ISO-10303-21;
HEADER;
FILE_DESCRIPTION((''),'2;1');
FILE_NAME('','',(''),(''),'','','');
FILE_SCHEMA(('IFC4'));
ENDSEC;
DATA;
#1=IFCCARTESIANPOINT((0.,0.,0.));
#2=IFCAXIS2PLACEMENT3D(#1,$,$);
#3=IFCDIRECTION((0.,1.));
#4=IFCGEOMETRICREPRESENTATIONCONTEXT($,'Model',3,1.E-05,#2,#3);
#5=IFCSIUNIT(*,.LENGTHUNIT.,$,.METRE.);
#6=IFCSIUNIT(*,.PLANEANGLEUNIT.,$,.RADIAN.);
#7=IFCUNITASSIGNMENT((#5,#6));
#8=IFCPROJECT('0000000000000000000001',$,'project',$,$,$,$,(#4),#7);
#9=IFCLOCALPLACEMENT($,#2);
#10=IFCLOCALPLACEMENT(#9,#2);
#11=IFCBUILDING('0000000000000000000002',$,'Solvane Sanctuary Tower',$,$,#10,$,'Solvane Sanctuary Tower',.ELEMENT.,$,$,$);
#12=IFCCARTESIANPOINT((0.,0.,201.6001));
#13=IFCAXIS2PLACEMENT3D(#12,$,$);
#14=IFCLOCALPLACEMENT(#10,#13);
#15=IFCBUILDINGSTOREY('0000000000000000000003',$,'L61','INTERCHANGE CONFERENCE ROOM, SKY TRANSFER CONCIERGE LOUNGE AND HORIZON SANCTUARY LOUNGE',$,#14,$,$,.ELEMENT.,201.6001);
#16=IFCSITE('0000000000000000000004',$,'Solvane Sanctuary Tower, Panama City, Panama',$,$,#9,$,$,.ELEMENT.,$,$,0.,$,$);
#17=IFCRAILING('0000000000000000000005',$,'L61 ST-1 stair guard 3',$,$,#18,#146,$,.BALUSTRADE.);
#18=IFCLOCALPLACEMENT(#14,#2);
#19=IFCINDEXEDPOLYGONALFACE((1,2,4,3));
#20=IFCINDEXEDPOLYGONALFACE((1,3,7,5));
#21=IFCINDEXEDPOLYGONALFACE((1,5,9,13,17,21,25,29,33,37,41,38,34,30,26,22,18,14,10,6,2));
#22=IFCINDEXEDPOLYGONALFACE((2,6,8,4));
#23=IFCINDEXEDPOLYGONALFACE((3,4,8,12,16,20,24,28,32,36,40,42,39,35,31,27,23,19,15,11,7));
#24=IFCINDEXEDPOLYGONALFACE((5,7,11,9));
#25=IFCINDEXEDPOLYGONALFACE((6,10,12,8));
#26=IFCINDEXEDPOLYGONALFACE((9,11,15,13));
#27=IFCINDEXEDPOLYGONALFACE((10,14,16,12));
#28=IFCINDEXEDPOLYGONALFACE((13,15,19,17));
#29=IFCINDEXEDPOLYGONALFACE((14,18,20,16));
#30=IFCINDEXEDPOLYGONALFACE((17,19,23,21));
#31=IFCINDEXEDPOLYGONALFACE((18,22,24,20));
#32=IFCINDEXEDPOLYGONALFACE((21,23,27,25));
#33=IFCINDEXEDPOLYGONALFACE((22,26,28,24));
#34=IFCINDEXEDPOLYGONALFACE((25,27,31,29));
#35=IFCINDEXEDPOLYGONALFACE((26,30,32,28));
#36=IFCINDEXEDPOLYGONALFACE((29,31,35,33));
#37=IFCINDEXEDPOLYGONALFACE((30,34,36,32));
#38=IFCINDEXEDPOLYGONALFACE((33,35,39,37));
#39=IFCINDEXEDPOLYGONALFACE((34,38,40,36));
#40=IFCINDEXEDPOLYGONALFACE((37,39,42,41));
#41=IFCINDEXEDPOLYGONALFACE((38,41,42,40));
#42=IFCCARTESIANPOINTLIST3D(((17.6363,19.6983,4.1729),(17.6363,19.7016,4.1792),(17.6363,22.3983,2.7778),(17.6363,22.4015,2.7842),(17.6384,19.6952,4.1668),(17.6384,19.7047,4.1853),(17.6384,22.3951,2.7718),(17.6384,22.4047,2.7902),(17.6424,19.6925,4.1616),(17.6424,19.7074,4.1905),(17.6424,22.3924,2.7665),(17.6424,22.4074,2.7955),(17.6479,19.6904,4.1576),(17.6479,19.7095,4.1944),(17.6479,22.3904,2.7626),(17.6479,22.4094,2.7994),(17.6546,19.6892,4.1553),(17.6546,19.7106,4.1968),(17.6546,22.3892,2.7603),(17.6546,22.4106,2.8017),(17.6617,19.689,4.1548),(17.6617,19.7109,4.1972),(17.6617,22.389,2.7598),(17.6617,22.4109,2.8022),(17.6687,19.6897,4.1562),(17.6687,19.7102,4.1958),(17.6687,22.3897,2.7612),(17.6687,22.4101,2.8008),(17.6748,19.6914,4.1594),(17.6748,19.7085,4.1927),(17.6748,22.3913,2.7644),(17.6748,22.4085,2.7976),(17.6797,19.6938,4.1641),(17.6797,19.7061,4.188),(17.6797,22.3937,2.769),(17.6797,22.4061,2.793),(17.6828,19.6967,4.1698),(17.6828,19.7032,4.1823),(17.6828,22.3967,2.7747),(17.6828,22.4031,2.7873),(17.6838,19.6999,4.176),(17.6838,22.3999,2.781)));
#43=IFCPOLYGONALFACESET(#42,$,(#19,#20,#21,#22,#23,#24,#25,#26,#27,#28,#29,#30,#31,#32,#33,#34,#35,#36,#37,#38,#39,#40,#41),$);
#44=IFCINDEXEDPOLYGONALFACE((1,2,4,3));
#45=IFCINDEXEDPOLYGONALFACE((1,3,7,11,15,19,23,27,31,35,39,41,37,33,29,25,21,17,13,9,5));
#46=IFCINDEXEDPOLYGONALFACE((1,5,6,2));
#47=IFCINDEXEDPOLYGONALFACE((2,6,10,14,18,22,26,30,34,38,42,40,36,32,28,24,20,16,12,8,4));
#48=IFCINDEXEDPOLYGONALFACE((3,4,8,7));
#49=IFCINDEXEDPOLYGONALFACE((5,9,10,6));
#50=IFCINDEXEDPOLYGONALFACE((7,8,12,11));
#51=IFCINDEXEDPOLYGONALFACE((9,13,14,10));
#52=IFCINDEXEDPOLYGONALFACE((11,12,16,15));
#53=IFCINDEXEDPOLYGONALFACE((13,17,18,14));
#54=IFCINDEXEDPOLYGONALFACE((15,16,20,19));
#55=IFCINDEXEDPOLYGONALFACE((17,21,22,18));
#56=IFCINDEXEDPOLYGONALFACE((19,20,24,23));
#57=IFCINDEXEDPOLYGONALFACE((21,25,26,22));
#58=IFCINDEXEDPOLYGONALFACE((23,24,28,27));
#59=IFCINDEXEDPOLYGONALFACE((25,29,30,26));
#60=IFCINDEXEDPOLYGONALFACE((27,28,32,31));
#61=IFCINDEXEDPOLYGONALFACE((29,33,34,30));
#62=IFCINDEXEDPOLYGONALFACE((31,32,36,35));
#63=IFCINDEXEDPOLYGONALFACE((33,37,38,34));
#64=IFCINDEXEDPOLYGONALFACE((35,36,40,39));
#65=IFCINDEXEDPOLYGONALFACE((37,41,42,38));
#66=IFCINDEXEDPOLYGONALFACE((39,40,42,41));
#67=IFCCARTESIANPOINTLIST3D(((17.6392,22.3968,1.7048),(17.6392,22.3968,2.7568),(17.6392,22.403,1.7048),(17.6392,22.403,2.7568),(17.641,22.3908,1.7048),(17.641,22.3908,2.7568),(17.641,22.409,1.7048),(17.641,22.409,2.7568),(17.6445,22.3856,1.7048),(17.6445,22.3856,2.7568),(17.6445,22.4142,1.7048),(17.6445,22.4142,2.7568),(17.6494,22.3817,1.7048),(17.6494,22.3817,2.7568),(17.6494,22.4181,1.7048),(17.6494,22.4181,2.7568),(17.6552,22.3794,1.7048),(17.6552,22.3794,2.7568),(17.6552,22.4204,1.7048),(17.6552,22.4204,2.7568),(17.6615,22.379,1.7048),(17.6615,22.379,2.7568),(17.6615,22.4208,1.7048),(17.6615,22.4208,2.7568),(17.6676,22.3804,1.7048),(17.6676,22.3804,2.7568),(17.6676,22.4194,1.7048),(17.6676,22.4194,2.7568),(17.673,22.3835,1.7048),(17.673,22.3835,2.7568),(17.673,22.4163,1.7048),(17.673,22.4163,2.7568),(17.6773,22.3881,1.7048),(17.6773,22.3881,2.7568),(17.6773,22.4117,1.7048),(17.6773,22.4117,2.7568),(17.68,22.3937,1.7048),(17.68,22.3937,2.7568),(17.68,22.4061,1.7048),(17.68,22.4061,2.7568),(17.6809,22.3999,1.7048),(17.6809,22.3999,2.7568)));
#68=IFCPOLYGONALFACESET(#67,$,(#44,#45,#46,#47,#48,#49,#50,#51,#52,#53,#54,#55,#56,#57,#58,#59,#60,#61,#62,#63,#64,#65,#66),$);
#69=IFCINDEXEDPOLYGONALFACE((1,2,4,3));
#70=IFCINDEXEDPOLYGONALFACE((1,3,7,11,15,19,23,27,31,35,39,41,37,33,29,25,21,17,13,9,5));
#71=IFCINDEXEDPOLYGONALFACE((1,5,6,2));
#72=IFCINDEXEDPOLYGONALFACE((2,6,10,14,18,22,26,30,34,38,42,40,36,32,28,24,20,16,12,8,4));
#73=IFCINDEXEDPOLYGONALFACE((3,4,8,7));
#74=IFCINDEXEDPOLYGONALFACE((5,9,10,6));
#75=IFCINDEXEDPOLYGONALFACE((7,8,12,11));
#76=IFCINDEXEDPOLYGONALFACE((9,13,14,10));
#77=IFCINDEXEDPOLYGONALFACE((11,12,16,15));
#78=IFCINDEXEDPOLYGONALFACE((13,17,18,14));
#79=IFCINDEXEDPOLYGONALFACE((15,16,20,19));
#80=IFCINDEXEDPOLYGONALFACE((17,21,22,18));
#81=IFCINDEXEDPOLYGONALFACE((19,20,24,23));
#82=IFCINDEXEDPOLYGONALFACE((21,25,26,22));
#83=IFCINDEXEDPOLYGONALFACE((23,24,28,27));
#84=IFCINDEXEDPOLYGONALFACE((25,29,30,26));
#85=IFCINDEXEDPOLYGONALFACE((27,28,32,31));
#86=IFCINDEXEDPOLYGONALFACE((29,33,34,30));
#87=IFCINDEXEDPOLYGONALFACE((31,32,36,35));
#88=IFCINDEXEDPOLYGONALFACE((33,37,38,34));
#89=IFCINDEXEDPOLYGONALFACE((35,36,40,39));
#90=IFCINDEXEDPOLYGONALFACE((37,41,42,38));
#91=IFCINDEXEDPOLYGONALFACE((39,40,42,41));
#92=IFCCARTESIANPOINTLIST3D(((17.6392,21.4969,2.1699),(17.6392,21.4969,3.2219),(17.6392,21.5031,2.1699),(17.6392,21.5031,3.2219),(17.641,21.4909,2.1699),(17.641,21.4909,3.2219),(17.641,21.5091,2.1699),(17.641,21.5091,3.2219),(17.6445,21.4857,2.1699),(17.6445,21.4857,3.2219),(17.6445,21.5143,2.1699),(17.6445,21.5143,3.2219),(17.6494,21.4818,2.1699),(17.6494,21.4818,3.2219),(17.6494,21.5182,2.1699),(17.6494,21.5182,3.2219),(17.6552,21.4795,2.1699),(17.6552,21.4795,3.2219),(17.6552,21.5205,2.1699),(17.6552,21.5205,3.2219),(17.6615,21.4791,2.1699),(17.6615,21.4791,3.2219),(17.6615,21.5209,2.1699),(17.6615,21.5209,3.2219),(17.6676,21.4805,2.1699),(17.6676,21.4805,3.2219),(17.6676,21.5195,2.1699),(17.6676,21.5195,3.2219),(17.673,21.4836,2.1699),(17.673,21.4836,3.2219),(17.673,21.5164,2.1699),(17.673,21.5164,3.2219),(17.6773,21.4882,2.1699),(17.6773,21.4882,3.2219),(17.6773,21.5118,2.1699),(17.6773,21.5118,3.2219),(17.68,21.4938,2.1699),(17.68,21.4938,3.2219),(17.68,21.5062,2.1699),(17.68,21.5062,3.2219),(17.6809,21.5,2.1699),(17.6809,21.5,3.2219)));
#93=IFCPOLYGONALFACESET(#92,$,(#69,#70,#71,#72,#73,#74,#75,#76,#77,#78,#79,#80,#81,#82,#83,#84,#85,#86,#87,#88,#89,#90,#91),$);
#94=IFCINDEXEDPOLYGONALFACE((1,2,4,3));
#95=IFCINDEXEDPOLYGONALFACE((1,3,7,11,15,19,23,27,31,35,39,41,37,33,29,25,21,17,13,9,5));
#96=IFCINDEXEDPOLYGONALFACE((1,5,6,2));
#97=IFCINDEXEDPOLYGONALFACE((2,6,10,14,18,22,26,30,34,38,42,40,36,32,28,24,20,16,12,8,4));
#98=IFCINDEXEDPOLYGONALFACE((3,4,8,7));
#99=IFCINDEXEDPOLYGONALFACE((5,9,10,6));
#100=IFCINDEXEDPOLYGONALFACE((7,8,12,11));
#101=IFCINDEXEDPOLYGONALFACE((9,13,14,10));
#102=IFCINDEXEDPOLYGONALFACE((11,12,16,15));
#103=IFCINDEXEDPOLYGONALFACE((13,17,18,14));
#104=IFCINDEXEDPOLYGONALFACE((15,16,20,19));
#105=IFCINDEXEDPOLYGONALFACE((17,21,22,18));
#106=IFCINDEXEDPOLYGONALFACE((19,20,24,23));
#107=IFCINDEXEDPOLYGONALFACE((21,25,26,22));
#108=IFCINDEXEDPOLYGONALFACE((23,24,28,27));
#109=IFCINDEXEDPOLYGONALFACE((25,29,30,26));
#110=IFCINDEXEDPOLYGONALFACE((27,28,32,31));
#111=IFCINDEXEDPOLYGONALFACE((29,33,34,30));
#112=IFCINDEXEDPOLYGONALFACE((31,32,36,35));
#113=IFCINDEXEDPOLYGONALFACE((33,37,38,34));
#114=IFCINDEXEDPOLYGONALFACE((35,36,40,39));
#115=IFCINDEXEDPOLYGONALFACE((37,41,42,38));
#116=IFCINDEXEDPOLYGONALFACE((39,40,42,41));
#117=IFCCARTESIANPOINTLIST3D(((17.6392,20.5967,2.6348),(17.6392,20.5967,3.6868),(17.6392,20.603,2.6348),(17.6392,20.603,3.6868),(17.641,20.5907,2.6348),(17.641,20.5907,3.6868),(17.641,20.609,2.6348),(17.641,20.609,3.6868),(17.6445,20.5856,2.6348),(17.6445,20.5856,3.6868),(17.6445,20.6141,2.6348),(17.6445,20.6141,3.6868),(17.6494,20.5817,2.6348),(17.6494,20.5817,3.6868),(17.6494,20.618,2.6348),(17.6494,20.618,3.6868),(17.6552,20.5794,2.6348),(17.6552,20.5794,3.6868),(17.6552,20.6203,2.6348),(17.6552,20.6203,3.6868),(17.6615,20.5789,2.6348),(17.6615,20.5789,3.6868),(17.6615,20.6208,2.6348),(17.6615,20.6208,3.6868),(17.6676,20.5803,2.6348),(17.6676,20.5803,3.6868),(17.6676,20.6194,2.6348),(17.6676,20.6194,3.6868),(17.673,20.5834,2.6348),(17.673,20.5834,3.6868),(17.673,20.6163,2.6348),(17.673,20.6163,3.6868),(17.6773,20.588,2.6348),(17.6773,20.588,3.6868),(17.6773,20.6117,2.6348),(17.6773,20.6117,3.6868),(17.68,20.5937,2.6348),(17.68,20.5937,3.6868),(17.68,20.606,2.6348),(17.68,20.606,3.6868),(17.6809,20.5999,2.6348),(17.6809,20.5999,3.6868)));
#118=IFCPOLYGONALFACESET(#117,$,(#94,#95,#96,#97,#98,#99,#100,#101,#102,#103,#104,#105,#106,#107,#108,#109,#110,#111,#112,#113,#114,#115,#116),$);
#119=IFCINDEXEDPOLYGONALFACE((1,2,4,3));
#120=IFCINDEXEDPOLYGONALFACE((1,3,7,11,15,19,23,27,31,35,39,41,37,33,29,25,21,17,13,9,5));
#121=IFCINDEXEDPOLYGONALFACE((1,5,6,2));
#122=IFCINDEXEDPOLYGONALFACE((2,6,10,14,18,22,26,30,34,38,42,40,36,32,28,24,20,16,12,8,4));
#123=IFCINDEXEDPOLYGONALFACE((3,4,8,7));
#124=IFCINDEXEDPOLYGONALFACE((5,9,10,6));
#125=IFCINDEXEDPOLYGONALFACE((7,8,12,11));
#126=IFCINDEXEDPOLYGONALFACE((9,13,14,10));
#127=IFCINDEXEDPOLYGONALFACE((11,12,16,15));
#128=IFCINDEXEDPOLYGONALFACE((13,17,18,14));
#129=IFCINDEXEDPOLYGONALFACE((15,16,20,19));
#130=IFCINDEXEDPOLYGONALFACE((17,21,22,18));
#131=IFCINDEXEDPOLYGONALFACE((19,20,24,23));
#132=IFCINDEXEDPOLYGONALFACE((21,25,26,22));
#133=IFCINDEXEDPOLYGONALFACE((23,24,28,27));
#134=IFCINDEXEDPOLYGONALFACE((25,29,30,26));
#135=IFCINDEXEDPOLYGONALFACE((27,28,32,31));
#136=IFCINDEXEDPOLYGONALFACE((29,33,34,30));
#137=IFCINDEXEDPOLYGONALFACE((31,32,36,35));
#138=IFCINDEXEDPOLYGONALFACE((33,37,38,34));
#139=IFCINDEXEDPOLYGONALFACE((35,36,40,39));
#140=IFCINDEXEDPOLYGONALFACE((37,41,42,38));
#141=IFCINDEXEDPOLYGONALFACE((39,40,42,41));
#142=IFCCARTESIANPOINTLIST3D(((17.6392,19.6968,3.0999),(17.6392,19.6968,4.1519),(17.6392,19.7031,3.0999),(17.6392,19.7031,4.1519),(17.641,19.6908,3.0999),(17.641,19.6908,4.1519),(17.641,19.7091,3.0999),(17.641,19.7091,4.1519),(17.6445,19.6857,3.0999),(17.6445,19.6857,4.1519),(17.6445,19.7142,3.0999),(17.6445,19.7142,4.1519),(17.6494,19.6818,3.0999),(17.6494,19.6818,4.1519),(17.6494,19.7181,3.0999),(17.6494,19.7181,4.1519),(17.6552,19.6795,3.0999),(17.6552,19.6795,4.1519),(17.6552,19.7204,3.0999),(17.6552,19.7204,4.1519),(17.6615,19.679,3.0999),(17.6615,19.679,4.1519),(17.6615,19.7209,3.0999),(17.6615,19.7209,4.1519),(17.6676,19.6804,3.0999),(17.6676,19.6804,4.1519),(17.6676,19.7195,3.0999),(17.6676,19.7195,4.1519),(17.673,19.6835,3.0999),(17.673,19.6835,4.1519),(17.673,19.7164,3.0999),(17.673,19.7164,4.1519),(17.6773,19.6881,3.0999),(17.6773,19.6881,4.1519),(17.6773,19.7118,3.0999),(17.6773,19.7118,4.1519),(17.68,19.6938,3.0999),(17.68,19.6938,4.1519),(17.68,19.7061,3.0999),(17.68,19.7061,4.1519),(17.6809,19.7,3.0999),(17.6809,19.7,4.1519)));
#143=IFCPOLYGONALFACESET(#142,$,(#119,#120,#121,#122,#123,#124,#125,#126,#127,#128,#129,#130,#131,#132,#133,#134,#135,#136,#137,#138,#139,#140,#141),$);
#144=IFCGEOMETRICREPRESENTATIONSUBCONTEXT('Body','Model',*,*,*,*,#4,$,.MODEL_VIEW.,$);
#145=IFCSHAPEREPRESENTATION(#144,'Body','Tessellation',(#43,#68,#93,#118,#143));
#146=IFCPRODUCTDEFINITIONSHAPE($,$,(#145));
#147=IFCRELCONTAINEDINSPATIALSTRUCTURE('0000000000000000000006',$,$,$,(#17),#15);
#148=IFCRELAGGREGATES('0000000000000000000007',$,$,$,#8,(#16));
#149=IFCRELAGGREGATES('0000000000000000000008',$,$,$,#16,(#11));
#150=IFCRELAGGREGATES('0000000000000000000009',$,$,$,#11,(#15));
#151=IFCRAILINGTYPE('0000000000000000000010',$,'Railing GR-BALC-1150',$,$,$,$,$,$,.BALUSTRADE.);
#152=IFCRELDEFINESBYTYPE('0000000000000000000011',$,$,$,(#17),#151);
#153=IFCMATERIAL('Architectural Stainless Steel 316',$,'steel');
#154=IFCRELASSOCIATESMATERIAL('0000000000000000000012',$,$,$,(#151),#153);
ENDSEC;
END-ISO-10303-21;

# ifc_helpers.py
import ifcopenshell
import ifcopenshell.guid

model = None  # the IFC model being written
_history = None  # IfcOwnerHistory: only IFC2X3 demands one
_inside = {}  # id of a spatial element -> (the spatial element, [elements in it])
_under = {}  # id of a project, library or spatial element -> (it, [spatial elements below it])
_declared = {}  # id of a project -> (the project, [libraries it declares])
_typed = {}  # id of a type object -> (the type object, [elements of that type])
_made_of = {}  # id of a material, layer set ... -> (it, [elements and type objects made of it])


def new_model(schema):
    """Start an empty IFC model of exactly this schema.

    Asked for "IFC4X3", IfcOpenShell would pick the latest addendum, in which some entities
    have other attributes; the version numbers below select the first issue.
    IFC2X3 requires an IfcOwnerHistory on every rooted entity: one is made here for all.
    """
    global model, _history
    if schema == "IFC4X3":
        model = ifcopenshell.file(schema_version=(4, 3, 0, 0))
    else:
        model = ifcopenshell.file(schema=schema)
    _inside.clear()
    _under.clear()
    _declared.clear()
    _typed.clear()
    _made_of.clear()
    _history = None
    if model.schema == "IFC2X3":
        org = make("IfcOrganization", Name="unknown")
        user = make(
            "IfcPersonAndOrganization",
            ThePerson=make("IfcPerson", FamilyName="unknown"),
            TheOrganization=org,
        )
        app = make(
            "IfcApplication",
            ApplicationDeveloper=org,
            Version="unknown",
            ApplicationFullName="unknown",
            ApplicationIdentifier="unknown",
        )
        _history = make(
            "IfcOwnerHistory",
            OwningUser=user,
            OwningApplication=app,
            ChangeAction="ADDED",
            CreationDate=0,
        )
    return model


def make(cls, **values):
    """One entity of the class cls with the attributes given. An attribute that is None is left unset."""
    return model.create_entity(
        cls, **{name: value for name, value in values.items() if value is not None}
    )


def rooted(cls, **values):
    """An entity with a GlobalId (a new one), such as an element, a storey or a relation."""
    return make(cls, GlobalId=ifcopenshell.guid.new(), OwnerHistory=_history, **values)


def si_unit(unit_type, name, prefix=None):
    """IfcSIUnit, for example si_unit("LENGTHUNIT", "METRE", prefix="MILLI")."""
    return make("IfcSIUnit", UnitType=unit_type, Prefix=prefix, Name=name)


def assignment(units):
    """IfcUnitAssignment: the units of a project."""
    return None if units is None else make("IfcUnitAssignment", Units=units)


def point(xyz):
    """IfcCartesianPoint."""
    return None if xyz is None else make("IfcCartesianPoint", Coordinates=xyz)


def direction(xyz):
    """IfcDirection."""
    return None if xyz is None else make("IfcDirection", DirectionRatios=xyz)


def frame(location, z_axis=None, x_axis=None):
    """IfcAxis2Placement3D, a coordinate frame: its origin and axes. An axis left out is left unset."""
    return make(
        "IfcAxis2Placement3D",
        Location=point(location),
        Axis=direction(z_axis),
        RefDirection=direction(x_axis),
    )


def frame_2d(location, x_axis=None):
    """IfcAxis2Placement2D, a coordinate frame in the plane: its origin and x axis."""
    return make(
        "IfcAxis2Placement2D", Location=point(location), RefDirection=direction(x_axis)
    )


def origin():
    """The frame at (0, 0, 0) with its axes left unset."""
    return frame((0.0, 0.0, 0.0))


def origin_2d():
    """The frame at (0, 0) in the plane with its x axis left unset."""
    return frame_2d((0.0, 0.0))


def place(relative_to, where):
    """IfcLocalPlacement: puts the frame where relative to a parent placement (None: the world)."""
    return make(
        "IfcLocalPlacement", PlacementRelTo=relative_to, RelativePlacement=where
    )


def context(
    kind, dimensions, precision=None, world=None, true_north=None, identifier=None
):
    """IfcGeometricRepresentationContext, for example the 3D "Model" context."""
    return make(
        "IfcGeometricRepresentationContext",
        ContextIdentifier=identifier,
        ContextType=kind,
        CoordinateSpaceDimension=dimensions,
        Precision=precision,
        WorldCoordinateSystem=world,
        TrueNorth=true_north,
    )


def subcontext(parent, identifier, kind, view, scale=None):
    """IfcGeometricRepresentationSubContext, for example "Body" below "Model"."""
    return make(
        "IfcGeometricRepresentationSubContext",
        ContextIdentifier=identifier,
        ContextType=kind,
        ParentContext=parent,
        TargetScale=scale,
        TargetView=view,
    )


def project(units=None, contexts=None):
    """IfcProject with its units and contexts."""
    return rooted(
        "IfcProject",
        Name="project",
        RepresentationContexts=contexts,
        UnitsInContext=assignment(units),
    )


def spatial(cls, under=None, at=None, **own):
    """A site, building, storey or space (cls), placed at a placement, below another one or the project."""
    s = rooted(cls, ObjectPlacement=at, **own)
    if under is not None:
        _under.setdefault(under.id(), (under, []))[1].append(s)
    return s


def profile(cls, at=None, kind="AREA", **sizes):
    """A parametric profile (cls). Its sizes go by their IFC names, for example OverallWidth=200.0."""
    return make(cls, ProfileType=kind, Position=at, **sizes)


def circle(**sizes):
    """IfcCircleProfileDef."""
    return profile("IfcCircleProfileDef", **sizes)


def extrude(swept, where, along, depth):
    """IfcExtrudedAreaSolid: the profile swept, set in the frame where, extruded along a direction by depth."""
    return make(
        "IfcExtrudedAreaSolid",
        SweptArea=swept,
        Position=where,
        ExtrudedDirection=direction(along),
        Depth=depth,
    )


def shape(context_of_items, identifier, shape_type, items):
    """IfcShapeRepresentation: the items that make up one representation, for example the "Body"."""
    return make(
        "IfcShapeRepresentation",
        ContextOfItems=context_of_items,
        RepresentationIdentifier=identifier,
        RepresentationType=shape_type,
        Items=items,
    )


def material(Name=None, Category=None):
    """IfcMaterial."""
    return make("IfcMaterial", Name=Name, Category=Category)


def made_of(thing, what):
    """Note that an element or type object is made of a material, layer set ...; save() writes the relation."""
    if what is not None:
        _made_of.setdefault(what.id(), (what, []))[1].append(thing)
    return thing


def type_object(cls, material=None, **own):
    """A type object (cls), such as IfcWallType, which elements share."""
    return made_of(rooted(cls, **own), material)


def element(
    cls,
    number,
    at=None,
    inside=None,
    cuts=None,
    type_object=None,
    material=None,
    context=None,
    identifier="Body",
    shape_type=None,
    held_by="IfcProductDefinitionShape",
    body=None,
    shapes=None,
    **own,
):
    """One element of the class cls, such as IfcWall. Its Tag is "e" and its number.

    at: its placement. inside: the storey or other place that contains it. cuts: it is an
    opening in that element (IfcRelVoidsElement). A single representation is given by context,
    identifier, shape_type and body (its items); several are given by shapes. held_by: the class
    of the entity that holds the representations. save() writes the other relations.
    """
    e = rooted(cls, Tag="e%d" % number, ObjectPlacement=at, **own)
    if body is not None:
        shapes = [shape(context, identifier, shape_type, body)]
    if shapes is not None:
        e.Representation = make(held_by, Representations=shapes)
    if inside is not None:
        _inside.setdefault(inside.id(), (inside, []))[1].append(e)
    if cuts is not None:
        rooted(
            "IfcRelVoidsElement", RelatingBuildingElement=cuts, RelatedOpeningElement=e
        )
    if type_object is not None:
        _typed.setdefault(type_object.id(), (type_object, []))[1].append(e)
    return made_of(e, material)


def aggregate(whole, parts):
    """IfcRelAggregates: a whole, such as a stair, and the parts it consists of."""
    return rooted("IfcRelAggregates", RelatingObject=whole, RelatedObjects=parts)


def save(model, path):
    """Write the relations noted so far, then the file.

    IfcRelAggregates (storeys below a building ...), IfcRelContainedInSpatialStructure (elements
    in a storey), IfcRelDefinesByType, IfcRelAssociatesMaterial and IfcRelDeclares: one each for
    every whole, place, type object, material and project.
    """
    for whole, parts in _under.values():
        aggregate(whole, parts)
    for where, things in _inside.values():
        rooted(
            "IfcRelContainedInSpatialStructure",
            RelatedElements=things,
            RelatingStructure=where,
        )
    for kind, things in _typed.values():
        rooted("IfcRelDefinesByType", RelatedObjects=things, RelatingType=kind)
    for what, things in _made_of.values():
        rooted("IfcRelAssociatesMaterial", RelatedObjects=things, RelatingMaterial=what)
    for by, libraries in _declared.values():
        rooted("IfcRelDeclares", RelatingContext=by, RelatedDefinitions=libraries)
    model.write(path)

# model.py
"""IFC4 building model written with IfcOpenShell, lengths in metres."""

from ifc_helpers import new_model, si_unit, direction, frame, origin, origin_2d, place, context, subcontext, project, spatial, circle, extrude, material, type_object, element, save


model = new_model("IFC4")

# Units and contexts
model_context = context("Model", 3, precision=1e-05, world=origin(), true_north=direction((0.0, 1.0)))
body_context = subcontext(model_context, "Body", "Model", "MODEL_VIEW")
ifc_project = project(units=[si_unit("LENGTHUNIT", "METRE"), si_unit("PLANEANGLEUNIT", "RADIAN")], contexts=[model_context])

# Site, building, storey
site_placement = place(None, origin())
site = spatial("IfcSite", under=ifc_project, at=site_placement, Name="Solvane Sanctuary Tower, Panama City, Panama", CompositionType="ELEMENT", RefElevation=0.0)
building_placement = place(site_placement, origin())
building = spatial("IfcBuilding", under=site, at=building_placement, Name="Solvane Sanctuary Tower", LongName="Solvane Sanctuary Tower", CompositionType="ELEMENT")
storey_placement = place(building_placement, frame((0.0, 0.0, 201.6001)))
storey = spatial("IfcBuildingStorey", under=building, at=storey_placement, Name="L61", Description="INTERCHANGE CONFERENCE ROOM, SKY TRANSFER CONCIERGE LOUNGE AND HORIZON SANCTUARY LOUNGE", CompositionType="ELEMENT", Elevation=201.6001)

# Shared definitions
ifc_material_1 = material(Name="Architectural Stainless Steel 316", Category="steel")

# Railing
railing_type_1 = type_object("IfcRailingType", Name="Railing GR-BALC-1150", PredefinedType="BALUSTRADE", material=ifc_material_1)
railing_1_placement = place(storey_placement, frame((17.6599, 22.3999, 1.7048)))
element("IfcRailing", 1, at=railing_1_placement, inside=storey, type_object=railing_type_1, Name="L61 ST-1 stair guard 3", PredefinedType="BALUSTRADE", context=body_context, shape_type="SweptSolid", body=[
    extrude(circle(Radius=0.0239, at=origin_2d()), frame((0.0, 0.0, 1.0762), z_axis=(0.0, -0.88842, 0.459032), x_axis=(1.0, 0.0, 0.0)), (0.0, 0.0, 1.0), 3.0391),
    extrude(circle(Radius=0.021, at=origin_2d()), origin(), (0.0, 0.0, 1.0), 1.052),
    extrude(circle(Radius=0.021, at=origin_2d()), frame((0.0, -0.8999, 0.4651)), (0.0, 0.0, 1.0), 1.052),
    extrude(circle(Radius=0.021, at=origin_2d()), frame((0.0, -1.8, 0.9299)), (0.0, 0.0, 1.0), 1.052),
    extrude(circle(Radius=0.021, at=origin_2d()), frame((0.0, -2.7, 1.395)), (0.0, 0.0, 1.0), 1.052),
])

save(model, "model.ifc")
